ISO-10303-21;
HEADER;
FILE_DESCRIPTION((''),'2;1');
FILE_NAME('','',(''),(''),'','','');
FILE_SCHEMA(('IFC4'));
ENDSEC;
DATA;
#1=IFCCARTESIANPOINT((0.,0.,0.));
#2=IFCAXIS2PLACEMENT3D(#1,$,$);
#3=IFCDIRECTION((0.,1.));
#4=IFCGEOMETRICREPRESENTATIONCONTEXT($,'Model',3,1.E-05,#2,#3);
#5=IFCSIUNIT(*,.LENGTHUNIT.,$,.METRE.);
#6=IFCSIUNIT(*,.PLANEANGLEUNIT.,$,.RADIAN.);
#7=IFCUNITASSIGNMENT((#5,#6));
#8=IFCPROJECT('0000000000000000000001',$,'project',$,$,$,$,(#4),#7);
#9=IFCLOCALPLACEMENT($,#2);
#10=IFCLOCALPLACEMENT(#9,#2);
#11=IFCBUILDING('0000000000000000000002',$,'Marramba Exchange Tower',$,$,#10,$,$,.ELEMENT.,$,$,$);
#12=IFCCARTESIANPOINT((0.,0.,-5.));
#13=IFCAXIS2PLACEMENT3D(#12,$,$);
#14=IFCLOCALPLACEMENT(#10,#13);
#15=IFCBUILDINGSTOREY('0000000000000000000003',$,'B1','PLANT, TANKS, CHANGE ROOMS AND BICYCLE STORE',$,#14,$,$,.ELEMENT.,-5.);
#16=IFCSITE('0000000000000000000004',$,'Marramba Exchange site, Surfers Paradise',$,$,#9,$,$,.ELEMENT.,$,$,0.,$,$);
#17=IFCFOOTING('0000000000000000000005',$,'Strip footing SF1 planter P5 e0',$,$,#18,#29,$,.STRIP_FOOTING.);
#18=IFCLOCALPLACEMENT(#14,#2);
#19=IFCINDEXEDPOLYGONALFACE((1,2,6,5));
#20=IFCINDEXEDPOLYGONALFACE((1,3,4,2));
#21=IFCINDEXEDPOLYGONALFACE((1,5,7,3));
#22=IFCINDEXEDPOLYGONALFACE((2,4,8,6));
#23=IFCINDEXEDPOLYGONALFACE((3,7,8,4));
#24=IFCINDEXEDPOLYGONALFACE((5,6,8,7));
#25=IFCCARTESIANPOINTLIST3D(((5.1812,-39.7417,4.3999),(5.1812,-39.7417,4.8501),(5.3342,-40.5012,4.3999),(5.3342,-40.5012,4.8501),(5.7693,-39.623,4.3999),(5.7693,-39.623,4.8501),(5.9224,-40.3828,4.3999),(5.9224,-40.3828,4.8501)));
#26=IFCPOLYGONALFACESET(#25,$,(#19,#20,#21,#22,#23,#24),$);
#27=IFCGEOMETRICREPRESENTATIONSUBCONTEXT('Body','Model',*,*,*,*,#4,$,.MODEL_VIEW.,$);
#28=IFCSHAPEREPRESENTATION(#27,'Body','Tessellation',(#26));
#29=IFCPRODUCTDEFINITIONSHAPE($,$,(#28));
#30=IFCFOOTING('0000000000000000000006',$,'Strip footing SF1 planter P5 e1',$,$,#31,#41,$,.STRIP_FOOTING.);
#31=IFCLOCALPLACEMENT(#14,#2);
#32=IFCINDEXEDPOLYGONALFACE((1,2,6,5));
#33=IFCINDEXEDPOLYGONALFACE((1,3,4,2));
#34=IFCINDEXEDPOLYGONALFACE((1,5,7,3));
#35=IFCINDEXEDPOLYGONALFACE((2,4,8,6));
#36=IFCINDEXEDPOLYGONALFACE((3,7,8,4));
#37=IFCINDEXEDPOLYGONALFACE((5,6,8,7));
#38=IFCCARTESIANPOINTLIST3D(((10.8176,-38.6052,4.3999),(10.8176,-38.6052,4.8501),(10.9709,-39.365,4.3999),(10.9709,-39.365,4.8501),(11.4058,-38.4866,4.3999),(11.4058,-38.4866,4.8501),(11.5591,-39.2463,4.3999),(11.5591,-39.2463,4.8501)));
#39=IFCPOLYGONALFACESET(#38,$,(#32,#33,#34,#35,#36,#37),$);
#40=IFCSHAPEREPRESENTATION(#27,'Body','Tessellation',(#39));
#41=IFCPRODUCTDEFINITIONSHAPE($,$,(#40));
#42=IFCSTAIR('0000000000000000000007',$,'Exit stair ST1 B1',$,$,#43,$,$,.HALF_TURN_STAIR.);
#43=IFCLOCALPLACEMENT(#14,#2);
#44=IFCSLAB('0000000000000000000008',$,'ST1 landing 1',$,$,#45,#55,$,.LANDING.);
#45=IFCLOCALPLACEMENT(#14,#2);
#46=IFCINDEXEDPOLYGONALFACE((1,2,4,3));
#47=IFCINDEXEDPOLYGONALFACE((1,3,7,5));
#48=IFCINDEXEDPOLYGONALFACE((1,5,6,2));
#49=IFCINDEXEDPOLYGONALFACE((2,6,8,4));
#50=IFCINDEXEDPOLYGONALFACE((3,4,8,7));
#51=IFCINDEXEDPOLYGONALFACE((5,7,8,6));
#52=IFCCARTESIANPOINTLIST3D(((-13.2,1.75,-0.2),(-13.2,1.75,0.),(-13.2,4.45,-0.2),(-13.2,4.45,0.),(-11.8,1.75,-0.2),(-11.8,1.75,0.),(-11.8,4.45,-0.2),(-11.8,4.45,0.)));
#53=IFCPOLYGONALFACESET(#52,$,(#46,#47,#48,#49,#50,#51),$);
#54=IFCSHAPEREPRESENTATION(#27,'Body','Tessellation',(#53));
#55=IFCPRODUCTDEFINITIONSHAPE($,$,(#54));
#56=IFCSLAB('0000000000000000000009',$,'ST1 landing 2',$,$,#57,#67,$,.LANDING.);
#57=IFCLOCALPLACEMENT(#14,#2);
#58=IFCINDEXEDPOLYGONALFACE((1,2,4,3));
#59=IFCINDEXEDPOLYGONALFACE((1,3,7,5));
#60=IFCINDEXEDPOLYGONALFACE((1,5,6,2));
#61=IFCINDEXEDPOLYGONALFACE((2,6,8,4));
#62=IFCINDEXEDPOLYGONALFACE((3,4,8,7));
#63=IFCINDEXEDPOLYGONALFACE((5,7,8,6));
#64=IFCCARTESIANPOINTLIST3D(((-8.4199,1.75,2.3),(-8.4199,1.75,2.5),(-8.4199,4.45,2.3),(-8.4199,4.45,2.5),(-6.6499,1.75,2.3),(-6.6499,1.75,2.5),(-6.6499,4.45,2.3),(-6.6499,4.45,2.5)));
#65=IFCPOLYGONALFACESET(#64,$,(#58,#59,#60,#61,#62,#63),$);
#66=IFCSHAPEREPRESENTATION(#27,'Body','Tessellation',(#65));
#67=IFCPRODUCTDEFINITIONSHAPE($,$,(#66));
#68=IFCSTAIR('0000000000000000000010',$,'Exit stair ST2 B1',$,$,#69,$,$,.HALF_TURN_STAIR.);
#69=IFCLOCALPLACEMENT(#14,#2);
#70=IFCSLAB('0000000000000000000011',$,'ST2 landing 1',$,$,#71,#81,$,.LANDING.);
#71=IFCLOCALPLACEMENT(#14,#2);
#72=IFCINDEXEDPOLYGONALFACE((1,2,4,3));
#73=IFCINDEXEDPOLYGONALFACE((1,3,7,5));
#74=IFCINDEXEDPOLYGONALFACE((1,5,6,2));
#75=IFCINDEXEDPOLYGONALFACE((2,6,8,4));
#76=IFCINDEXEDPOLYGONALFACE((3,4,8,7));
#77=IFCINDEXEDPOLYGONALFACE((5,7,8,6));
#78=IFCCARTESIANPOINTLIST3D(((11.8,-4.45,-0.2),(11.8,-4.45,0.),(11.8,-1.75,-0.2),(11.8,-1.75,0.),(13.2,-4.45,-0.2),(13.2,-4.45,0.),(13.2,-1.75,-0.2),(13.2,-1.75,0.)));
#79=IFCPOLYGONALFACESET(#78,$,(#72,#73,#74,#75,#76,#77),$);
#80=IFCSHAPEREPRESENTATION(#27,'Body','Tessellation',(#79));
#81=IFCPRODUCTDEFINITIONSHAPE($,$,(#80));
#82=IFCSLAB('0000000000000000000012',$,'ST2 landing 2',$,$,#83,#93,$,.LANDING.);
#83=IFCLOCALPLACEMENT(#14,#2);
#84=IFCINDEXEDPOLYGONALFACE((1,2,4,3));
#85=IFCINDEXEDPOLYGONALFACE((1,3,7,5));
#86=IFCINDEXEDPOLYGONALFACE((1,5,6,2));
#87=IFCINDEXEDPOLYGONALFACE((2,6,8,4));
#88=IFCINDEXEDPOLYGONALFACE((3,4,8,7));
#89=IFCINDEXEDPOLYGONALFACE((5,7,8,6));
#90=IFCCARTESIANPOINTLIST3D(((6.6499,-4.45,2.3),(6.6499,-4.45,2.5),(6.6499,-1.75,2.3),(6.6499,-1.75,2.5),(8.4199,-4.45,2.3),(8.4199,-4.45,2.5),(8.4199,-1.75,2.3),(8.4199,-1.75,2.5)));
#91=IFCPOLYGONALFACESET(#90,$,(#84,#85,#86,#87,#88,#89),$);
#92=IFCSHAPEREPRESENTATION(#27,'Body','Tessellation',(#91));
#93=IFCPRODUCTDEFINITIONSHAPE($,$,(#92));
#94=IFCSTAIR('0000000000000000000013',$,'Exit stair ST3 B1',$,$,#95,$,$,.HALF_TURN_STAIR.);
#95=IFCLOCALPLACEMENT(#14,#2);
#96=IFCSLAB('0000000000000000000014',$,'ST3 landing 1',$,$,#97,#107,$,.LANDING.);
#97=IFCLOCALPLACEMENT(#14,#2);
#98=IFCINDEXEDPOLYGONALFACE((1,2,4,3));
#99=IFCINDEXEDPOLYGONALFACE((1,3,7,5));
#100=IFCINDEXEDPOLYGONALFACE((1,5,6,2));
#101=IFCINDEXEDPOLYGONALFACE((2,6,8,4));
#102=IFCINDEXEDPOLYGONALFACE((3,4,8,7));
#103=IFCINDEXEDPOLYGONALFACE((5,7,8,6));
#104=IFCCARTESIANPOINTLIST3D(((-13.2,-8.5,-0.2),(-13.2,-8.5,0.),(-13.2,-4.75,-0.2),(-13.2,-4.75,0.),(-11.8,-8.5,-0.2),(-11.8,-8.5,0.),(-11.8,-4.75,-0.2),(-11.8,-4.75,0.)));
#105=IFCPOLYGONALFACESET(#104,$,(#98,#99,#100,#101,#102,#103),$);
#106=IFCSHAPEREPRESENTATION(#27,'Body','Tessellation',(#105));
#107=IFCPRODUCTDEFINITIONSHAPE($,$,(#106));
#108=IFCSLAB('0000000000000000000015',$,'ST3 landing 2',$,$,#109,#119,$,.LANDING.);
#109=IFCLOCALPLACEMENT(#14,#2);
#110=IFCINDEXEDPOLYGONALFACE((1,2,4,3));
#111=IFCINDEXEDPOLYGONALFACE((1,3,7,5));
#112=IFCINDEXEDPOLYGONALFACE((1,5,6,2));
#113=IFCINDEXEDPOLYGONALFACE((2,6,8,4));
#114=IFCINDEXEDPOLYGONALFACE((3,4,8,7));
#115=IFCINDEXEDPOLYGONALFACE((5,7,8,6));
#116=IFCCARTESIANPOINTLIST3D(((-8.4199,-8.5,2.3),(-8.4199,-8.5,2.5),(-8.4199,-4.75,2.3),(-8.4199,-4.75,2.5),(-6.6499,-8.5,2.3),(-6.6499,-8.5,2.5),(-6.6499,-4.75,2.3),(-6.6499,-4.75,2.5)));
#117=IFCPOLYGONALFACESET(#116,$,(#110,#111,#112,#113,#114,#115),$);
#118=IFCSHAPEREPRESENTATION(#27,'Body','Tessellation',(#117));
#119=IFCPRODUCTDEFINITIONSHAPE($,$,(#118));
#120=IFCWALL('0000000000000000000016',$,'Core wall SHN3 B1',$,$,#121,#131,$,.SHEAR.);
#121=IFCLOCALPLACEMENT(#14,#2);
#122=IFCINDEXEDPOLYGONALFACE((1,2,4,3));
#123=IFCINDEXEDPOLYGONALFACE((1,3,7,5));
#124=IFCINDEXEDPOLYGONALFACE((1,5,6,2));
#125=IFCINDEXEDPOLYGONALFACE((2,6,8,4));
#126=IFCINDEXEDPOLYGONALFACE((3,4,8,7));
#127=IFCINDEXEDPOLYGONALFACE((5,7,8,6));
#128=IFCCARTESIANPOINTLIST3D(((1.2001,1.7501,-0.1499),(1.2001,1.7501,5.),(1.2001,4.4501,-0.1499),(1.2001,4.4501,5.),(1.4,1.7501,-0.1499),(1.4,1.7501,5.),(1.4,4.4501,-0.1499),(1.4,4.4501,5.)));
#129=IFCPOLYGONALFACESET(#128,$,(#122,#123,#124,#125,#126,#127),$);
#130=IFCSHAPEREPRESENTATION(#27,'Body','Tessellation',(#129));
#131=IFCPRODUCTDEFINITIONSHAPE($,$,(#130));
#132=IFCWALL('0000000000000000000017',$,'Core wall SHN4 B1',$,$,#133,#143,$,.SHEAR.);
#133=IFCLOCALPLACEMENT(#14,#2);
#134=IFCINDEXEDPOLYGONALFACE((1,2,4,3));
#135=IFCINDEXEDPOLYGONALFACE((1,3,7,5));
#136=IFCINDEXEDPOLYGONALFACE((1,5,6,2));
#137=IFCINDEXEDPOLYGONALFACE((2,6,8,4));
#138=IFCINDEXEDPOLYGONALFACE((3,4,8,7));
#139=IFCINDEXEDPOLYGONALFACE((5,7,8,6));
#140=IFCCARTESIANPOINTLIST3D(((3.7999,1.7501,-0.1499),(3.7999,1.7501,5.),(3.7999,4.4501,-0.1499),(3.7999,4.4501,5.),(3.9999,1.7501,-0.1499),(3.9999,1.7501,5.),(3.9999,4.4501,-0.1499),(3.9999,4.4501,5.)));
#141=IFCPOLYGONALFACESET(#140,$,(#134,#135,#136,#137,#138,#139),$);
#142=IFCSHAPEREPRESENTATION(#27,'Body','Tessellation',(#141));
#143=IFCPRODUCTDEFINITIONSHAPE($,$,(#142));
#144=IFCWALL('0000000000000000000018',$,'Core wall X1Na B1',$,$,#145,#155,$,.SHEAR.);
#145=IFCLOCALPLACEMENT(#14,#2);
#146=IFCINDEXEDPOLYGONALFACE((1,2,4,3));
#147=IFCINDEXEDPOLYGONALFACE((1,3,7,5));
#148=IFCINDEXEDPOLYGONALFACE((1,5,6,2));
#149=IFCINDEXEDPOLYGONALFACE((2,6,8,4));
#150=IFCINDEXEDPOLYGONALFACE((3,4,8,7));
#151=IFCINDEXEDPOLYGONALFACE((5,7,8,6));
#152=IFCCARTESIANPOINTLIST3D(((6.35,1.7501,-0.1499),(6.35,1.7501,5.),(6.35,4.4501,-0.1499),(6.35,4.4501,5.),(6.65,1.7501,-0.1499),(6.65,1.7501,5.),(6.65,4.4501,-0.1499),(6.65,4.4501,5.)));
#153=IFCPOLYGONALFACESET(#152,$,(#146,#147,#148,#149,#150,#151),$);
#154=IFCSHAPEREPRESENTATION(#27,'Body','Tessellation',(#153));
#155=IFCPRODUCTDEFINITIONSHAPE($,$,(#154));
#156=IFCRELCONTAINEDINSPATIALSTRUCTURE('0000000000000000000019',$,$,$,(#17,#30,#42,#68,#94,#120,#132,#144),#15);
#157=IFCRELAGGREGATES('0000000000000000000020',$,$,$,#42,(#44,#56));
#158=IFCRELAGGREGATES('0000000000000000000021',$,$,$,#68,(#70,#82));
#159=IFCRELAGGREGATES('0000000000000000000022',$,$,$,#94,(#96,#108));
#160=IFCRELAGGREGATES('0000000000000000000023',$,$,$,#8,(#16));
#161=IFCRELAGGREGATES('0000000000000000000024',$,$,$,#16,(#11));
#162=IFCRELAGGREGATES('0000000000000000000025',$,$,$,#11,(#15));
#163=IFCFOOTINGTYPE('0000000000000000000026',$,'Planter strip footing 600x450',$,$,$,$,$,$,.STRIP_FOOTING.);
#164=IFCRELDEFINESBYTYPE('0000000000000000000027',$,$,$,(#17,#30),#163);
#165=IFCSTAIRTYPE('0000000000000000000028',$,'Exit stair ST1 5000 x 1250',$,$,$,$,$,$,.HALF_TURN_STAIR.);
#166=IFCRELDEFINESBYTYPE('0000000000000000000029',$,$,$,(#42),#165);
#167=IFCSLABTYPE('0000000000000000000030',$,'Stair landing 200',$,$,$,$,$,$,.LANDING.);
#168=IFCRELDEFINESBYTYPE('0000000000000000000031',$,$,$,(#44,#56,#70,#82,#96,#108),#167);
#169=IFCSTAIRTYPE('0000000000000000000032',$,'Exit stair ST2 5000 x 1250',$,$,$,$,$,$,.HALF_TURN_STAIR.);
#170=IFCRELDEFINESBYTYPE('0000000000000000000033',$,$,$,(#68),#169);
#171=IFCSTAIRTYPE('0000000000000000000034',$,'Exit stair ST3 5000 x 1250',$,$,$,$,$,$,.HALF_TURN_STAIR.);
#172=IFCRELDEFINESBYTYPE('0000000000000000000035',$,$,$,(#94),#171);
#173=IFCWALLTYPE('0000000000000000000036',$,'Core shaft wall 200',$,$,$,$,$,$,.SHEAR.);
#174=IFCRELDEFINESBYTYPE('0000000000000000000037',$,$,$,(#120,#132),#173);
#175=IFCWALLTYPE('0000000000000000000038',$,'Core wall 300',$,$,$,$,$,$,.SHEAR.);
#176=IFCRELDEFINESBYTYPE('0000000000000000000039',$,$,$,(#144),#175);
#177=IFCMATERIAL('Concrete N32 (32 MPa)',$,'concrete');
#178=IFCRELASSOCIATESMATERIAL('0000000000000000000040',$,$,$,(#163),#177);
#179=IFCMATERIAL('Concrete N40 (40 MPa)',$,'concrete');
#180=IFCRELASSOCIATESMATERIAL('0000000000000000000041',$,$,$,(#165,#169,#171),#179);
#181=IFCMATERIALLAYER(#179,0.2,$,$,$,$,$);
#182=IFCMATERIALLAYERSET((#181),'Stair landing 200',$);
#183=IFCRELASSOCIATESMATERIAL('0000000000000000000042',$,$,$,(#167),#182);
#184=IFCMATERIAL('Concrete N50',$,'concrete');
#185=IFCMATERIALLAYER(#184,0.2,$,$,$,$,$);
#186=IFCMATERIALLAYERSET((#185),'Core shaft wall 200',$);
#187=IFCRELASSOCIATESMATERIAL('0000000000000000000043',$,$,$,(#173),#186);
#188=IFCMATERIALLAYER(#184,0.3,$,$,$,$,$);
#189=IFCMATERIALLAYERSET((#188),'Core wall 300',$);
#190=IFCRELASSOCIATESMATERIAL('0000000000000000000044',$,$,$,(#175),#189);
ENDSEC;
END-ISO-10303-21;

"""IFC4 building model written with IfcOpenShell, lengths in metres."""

from ifc_helpers import new_model, si_unit, direction, frame, frame_2d, origin, place, context, subcontext, project, spatial, polyline, rectangle, outline, extrude, material, layer, layer_set, type_object, element, aggregate, save


model = new_model("IFC4")

# Units and contexts
model_context = context("Model", 3, precision=1e-05, world=origin(), true_north=direction((0.0, 1.0)))
body_context = subcontext(model_context, "Body", "Model", "MODEL_VIEW")
ifc_project = project(units=[si_unit("LENGTHUNIT", "METRE"), si_unit("PLANEANGLEUNIT", "RADIAN")], contexts=[model_context])

# Site, building, storey
site_placement = place(None, origin())
site = spatial("IfcSite", under=ifc_project, at=site_placement, Name="Marramba Exchange site, Surfers Paradise", CompositionType="ELEMENT", RefElevation=0.0)
building_placement = place(site_placement, origin())
building = spatial("IfcBuilding", under=site, at=building_placement, Name="Marramba Exchange Tower", CompositionType="ELEMENT")
storey_placement = place(building_placement, frame((0.0, 0.0, -5.0)))
storey = spatial("IfcBuildingStorey", under=building, at=storey_placement, Name="B1", Description="PLANT, TANKS, CHANGE ROOMS AND BICYCLE STORE", CompositionType="ELEMENT", Elevation=-5.0)

# Shared definitions
ifc_material_1 = material(Name="Concrete N50", Category="concrete")

# Footings
ifc_material_2 = material(Name="Concrete N32 (32 MPa)", Category="concrete")
footing_type = type_object("IfcFootingType", Name="Planter strip footing 600x450", PredefinedType="STRIP_FOOTING", material=ifc_material_2)
footing_1_placement = place(storey_placement, frame((0.0, 0.0, 4.3999)))
element("IfcFooting", 1, at=footing_1_placement, inside=storey, type_object=footing_type, Name="Strip footing SF1 planter P5 e0", PredefinedType="STRIP_FOOTING", context=body_context, shape_type="SweptSolid", body=[
    extrude(outline(polyline([(5.1812, -39.7417), (5.7693, -39.623), (5.9224, -40.3828), (5.3342, -40.5012), (5.1812, -39.7417)])), origin(), (0.0, 0.0, 1.0), 0.4502),
])
footing_2_placement = place(storey_placement, frame((0.0, 0.0, 4.3999)))
element("IfcFooting", 2, at=footing_2_placement, inside=storey, type_object=footing_type, Name="Strip footing SF1 planter P5 e1", PredefinedType="STRIP_FOOTING", context=body_context, shape_type="SweptSolid", body=[
    extrude(outline(polyline([(10.8176, -38.6052), (11.4058, -38.4866), (11.5591, -39.2463), (10.9709, -39.365), (10.8176, -38.6052)])), origin(), (0.0, 0.0, 1.0), 0.4502),
])

# Stairs, slabs
ifc_material_3 = material(Name="Concrete N40 (40 MPa)", Category="concrete")
stair_type_1 = type_object("IfcStairType", Name="Exit stair ST1 5000 x 1250", PredefinedType="HALF_TURN_STAIR", material=ifc_material_3)
stair_1_placement = place(storey_placement, origin())
stair_1 = element("IfcStair", 3, at=stair_1_placement, inside=storey, type_object=stair_type_1, Name="Exit stair ST1 B1", PredefinedType="HALF_TURN_STAIR")
ifc_layer_1 = layer(ifc_material_3, 0.2)
ifc_layer_set_1 = layer_set([ifc_layer_1], Name="Stair landing 200")
slab_type = type_object("IfcSlabType", Name="Stair landing 200", PredefinedType="LANDING", material=ifc_layer_set_1)
slab_1_placement = place(storey_placement, frame((0.0, 0.0, -0.2)))
slab_1 = element("IfcSlab", 4, at=slab_1_placement, type_object=slab_type, Name="ST1 landing 1", PredefinedType="LANDING", context=body_context, shape_type="SweptSolid", body=[
    extrude(outline(polyline([(-13.2, 1.75), (-11.8, 1.75), (-11.8, 4.45), (-13.2, 4.45), (-13.2, 1.75)])), origin(), (0.0, 0.0, 1.0), 0.2),
])
slab_2_placement = place(storey_placement, frame((0.0, 0.0, 2.3)))
slab_2 = element("IfcSlab", 5, at=slab_2_placement, type_object=slab_type, Name="ST1 landing 2", PredefinedType="LANDING", context=body_context, shape_type="SweptSolid", body=[
    extrude(outline(polyline([(-8.4199, 1.75), (-6.6499, 1.75), (-6.6499, 4.45), (-8.4199, 4.45), (-8.4199, 1.75)])), origin(), (0.0, 0.0, 1.0), 0.2),
])
aggregate(stair_1, [slab_1, slab_2])
stair_type_2 = type_object("IfcStairType", Name="Exit stair ST2 5000 x 1250", PredefinedType="HALF_TURN_STAIR", material=ifc_material_3)
stair_2_placement = place(storey_placement, origin())
stair_2 = element("IfcStair", 6, at=stair_2_placement, inside=storey, type_object=stair_type_2, Name="Exit stair ST2 B1", PredefinedType="HALF_TURN_STAIR")
slab_3_placement = place(storey_placement, frame((0.0, 0.0, -0.2)))
slab_3 = element("IfcSlab", 7, at=slab_3_placement, type_object=slab_type, Name="ST2 landing 1", PredefinedType="LANDING", context=body_context, shape_type="SweptSolid", body=[
    extrude(outline(polyline([(11.8, -4.45), (13.2, -4.45), (13.2, -1.75), (11.8, -1.75), (11.8, -4.45)])), origin(), (0.0, 0.0, 1.0), 0.2),
])
slab_4_placement = place(storey_placement, frame((0.0, 0.0, 2.3)))
slab_4 = element("IfcSlab", 8, at=slab_4_placement, type_object=slab_type, Name="ST2 landing 2", PredefinedType="LANDING", context=body_context, shape_type="SweptSolid", body=[
    extrude(outline(polyline([(6.6499, -4.45), (8.4199, -4.45), (8.4199, -1.75), (6.6499, -1.75), (6.6499, -4.45)])), origin(), (0.0, 0.0, 1.0), 0.2),
])
aggregate(stair_2, [slab_3, slab_4])
stair_type_3 = type_object("IfcStairType", Name="Exit stair ST3 5000 x 1250", PredefinedType="HALF_TURN_STAIR", material=ifc_material_3)
stair_3_placement = place(storey_placement, origin())
stair_3 = element("IfcStair", 9, at=stair_3_placement, inside=storey, type_object=stair_type_3, Name="Exit stair ST3 B1", PredefinedType="HALF_TURN_STAIR")
slab_5_placement = place(storey_placement, frame((0.0, 0.0, -0.2)))
slab_5 = element("IfcSlab", 10, at=slab_5_placement, type_object=slab_type, Name="ST3 landing 1", PredefinedType="LANDING", context=body_context, shape_type="SweptSolid", body=[
    extrude(outline(polyline([(-13.2, -8.5), (-11.8, -8.5), (-11.8, -4.75), (-13.2, -4.75), (-13.2, -8.5)])), origin(), (0.0, 0.0, 1.0), 0.2),
])
slab_6_placement = place(storey_placement, frame((0.0, 0.0, 2.3)))
slab_6 = element("IfcSlab", 11, at=slab_6_placement, type_object=slab_type, Name="ST3 landing 2", PredefinedType="LANDING", context=body_context, shape_type="SweptSolid", body=[
    extrude(outline(polyline([(-8.4199, -8.5), (-6.6499, -8.5), (-6.6499, -4.75), (-8.4199, -4.75), (-8.4199, -8.5)])), origin(), (0.0, 0.0, 1.0), 0.2),
])
aggregate(stair_3, [slab_5, slab_6])

# Walls
ifc_layer_2 = layer(ifc_material_1, 0.2)
ifc_layer_set_2 = layer_set([ifc_layer_2], Name="Core shaft wall 200")
wall_type_1 = type_object("IfcWallType", Name="Core shaft wall 200", PredefinedType="SHEAR", material=ifc_layer_set_2)
for number, where, z_axis, x_axis, name in (
    (12, (1.3, 1.75, -0.1499), (0.0, 0.0, 1.0), (0.0, 1.0, 0.0), "Core wall SHN3 B1"),
    (13, (3.8999, 1.75, -0.1499), (0.0, 0.0, 1.0), (0.0, 1.0, 0.0), "Core wall SHN4 B1"),
):
    element("IfcWall", number, at=place(storey_placement, frame(where, z_axis=z_axis, x_axis=x_axis)), inside=storey, type_object=wall_type_1, Name=name, PredefinedType="SHEAR", context=body_context, shape_type="SweptSolid", body=[
        extrude(rectangle(XDim=2.7, YDim=0.2, at=frame_2d((1.3501, 0.0))), origin(), (0.0, 0.0, 1.0), 5.1499),
    ])
ifc_layer_3 = layer(ifc_material_1, 0.3)
ifc_layer_set_3 = layer_set([ifc_layer_3], Name="Core wall 300")
wall_type_2 = type_object("IfcWallType", Name="Core wall 300", PredefinedType="SHEAR", material=ifc_layer_set_3)
wall_placement = place(storey_placement, frame((6.5, 1.75, -0.1499), z_axis=(0.0, 0.0, 1.0), x_axis=(0.0, 1.0, 0.0)))
element("IfcWall", 14, at=wall_placement, inside=storey, type_object=wall_type_2, Name="Core wall X1Na B1", PredefinedType="SHEAR", context=body_context, shape_type="SweptSolid", body=[
    extrude(rectangle(XDim=2.7, YDim=0.3, at=frame_2d((1.3501, 0.0))), origin(), (0.0, 0.0, 1.0), 5.1499),
])

save(model, "model.ifc")
